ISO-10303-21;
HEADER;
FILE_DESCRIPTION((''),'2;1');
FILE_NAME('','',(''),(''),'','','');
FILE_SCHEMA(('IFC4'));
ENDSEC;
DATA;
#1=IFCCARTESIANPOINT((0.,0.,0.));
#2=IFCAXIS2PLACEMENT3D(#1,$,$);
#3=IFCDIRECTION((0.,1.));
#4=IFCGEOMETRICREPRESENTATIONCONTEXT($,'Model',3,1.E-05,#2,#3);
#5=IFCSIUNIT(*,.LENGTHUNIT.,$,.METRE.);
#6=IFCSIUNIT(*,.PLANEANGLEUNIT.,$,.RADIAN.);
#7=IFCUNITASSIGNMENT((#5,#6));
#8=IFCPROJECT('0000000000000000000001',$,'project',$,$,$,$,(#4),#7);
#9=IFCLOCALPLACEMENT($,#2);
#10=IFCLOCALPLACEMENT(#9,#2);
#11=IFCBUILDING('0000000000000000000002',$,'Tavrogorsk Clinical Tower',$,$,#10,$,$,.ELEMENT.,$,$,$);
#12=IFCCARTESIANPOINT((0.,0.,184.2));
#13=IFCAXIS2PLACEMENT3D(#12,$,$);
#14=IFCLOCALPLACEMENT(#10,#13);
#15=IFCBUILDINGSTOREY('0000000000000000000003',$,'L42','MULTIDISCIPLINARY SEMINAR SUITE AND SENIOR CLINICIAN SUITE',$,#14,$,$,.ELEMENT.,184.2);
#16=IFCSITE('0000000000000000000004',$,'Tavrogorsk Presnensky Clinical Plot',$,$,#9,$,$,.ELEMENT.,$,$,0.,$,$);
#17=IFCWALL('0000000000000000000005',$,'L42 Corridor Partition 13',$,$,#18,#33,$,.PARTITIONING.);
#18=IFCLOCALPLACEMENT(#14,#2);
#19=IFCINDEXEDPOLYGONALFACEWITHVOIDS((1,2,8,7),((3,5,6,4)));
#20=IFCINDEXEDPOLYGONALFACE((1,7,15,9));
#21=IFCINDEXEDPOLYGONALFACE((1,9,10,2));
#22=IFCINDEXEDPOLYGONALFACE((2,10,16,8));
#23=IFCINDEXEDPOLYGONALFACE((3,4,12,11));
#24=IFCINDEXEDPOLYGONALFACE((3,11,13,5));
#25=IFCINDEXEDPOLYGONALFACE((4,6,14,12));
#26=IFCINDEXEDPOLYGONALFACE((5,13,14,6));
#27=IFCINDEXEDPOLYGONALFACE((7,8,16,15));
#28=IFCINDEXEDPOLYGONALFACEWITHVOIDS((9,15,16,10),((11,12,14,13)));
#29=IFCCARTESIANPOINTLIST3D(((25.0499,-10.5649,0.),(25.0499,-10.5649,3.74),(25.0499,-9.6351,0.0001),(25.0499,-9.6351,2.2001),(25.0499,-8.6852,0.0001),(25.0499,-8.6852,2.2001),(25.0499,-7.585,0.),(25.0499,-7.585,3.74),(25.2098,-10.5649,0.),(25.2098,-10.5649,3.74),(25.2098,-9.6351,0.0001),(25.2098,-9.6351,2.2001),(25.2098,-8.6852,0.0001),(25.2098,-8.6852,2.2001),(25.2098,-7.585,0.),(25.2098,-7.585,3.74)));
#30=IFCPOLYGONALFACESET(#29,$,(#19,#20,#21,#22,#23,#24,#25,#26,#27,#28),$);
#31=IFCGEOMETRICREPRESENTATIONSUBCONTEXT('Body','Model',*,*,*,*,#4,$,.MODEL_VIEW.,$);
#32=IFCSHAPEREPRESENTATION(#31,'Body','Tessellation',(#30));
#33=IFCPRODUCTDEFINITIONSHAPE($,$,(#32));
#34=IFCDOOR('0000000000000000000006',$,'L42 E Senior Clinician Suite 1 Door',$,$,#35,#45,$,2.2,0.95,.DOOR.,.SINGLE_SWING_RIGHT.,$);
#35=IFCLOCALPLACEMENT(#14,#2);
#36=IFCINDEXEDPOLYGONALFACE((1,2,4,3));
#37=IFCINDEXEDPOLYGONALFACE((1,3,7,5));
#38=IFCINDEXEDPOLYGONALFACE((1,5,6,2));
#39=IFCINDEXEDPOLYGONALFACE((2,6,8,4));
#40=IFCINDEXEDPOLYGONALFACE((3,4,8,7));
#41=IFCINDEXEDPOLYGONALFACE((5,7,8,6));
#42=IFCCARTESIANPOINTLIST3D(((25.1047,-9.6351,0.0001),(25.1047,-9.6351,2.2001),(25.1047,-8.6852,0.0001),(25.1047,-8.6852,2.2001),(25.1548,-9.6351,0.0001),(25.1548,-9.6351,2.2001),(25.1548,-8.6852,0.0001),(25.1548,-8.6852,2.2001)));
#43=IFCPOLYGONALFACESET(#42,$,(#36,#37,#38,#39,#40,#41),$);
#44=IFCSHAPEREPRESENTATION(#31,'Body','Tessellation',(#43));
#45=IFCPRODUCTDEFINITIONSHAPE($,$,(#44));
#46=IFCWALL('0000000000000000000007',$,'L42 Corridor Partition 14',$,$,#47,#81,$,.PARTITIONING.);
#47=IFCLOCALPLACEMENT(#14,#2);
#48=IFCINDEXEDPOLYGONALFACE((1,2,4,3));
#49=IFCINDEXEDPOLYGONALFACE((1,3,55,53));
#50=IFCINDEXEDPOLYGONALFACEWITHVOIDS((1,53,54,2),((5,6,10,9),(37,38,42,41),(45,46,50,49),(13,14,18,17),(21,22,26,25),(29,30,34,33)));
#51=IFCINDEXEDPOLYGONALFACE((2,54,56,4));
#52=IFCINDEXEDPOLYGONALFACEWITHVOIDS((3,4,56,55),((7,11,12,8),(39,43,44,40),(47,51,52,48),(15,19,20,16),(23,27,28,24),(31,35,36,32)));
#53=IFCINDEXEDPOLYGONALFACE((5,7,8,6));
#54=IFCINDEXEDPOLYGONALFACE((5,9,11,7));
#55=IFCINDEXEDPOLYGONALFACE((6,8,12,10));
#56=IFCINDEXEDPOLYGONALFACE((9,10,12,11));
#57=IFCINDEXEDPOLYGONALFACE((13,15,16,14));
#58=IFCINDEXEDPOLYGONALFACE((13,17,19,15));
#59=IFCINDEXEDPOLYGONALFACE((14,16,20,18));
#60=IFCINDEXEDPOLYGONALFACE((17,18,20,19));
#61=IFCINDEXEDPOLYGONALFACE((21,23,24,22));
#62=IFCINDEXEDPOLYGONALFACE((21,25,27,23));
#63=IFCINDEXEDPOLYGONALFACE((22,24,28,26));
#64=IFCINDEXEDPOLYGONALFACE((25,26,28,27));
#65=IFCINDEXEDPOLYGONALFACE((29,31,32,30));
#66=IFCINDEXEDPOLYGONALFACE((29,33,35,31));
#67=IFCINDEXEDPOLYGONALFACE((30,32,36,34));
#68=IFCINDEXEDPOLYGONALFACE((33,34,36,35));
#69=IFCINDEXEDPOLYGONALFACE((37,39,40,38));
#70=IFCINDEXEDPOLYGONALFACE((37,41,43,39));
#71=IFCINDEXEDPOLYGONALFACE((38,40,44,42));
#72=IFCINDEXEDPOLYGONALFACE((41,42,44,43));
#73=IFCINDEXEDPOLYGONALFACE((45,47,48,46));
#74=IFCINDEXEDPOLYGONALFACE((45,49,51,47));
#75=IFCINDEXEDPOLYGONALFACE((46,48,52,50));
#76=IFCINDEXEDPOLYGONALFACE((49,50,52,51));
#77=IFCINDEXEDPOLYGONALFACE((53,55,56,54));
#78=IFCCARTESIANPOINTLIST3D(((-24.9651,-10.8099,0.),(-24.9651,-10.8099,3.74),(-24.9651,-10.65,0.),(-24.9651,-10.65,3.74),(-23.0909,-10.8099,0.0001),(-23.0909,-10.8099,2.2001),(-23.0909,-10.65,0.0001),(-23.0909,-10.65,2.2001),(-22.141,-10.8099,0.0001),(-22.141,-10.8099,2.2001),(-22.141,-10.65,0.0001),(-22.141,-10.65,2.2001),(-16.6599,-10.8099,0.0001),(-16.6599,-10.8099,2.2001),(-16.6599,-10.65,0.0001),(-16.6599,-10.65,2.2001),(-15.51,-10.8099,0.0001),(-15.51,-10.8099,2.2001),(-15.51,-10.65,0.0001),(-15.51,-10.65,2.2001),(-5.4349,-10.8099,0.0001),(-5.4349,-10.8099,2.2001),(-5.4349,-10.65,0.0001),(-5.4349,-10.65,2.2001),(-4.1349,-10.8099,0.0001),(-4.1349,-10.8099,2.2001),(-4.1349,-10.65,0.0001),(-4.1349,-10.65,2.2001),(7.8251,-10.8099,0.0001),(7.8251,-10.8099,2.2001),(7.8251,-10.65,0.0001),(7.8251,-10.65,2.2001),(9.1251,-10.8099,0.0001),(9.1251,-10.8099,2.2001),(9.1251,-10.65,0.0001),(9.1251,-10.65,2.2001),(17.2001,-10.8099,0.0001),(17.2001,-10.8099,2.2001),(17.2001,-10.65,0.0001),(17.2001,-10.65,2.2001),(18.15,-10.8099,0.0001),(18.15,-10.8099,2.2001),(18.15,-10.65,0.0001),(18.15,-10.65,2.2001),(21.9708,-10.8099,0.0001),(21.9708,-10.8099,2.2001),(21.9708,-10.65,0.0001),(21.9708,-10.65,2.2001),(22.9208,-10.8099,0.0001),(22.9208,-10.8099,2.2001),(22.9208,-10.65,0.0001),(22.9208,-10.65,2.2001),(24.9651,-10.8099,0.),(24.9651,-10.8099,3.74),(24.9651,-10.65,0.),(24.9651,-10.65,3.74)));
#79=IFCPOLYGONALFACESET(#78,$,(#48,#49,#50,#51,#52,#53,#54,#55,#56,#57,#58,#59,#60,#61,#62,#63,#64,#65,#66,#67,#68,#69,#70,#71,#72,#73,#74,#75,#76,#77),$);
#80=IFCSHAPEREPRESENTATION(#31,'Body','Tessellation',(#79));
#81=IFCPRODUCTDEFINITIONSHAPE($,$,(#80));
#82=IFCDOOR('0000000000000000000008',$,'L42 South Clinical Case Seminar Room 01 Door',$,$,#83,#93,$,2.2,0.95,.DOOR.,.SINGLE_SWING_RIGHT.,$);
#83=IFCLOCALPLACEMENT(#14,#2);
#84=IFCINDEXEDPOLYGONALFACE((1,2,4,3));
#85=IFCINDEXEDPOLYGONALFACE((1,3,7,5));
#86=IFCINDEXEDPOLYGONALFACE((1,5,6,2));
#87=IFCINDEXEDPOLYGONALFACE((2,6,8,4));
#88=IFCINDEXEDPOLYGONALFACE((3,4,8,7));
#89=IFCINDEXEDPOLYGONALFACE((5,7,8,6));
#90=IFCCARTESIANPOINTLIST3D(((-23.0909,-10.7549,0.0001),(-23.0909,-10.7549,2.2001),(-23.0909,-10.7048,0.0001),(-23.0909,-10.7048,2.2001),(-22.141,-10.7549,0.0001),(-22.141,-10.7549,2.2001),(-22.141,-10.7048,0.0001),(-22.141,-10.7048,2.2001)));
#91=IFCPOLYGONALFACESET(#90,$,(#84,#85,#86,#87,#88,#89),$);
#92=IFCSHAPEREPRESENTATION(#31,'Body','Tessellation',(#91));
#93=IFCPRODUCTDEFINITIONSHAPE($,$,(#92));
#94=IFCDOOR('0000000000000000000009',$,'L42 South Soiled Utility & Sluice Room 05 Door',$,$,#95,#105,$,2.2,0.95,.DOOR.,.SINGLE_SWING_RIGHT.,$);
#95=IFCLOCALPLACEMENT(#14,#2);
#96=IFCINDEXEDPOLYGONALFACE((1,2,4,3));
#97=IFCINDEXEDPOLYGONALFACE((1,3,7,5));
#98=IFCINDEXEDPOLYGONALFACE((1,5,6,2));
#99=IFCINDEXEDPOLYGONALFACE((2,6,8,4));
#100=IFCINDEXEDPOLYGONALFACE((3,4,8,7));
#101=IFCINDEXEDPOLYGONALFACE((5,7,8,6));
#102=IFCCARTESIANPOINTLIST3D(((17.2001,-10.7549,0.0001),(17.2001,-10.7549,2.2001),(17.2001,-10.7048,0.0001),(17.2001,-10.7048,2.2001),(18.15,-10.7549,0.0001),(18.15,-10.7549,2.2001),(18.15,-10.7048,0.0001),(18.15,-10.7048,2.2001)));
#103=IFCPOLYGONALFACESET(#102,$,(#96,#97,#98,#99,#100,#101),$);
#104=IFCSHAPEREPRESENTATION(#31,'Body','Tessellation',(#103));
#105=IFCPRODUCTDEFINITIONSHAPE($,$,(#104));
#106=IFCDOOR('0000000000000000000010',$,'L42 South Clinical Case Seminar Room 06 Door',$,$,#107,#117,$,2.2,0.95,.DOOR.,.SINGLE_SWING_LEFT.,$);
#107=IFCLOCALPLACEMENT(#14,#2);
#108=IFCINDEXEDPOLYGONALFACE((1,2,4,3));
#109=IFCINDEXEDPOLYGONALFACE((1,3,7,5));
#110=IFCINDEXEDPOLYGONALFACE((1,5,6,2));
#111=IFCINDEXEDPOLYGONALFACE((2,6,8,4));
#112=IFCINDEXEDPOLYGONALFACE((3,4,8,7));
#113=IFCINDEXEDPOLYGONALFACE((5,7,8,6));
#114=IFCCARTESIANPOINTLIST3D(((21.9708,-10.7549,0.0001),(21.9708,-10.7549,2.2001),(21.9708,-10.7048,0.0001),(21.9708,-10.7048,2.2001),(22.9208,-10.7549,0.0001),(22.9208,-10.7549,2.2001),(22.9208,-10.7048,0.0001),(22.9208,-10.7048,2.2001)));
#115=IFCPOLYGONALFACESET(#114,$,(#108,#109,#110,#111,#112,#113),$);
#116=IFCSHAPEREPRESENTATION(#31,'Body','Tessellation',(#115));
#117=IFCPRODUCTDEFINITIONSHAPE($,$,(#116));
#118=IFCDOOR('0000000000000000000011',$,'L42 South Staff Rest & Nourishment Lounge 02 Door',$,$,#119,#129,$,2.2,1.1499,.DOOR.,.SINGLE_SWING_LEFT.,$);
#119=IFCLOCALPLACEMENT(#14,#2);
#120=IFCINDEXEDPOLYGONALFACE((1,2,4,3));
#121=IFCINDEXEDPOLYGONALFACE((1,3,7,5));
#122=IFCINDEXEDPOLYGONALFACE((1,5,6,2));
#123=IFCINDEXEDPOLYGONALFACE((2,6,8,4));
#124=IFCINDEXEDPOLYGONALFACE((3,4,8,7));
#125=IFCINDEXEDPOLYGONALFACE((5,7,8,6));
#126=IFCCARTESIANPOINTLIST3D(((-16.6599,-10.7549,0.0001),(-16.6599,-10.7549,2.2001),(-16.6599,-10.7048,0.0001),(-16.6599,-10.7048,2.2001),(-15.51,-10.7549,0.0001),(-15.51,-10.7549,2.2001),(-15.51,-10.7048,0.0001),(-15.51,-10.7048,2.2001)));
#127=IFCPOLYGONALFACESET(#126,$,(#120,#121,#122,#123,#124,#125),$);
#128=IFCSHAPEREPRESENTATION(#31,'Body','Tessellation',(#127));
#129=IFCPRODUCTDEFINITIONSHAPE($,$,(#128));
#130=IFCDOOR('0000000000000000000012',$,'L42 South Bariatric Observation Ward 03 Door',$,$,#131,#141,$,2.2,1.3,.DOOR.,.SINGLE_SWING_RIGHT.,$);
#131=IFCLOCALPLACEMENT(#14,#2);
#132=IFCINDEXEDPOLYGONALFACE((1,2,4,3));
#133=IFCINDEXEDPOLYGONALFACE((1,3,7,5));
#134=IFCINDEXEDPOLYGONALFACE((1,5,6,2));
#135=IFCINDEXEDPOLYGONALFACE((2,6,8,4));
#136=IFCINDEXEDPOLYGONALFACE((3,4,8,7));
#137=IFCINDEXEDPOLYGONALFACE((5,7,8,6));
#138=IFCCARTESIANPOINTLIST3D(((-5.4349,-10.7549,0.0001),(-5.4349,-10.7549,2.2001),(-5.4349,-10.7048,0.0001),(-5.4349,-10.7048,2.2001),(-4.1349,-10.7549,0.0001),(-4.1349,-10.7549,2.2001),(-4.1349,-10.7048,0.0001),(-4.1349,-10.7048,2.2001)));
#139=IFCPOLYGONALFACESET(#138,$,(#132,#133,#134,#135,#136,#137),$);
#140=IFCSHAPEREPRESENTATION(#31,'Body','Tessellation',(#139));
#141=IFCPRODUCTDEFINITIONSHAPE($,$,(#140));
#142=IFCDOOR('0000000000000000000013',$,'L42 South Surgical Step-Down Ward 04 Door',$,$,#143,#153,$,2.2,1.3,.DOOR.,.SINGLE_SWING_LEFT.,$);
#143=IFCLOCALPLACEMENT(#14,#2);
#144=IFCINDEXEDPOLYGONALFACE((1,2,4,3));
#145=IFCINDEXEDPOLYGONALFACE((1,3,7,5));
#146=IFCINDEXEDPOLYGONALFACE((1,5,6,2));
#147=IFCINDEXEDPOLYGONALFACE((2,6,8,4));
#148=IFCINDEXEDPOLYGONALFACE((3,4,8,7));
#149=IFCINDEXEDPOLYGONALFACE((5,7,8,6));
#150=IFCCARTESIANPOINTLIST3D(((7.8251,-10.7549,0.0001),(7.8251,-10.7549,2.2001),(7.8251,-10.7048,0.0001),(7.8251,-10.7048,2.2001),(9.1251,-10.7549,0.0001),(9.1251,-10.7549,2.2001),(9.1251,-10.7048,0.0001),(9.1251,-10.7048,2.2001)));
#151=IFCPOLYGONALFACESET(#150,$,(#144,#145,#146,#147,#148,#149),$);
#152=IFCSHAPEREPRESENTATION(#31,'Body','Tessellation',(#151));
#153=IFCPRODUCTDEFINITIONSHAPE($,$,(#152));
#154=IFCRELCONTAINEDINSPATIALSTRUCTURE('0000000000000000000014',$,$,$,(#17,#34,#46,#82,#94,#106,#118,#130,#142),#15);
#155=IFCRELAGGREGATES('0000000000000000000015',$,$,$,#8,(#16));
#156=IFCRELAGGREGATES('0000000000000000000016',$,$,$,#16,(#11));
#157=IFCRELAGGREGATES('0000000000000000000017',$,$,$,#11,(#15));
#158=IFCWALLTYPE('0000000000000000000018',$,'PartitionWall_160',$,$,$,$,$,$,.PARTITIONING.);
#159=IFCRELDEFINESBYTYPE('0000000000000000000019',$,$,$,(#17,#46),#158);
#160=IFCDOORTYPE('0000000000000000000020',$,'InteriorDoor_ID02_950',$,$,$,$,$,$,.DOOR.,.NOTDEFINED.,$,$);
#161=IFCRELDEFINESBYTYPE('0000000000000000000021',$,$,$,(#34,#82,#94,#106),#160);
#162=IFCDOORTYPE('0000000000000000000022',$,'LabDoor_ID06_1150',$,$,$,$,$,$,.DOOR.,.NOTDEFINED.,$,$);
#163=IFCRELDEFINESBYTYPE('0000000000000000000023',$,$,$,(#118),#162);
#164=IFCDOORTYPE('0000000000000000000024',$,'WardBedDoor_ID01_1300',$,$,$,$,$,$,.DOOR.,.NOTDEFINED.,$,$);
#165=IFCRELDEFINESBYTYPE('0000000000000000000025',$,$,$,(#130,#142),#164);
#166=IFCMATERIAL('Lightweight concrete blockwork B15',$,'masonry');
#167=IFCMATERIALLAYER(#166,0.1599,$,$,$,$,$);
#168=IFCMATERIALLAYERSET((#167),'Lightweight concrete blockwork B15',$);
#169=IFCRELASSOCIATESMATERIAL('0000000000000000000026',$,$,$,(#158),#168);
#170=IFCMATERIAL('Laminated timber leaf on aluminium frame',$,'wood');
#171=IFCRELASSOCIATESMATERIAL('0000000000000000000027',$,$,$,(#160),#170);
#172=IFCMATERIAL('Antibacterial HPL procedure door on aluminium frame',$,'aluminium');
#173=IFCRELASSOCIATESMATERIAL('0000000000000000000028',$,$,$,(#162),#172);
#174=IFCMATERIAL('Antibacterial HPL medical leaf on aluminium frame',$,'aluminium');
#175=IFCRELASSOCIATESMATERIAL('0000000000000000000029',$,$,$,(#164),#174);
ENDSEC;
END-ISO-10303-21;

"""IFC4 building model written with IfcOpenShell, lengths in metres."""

from ifc_helpers import new_model, si_unit, direction, frame, frame_2d, origin, place, context, subcontext, project, spatial, rectangle, extrude, material, layer, layer_set, type_object, element, fill, save


model = new_model("IFC4")

# Units and contexts
model_context = context("Model", 3, precision=1e-05, world=origin(), true_north=direction((0.0, 1.0)))
body_context = subcontext(model_context, "Body", "Model", "MODEL_VIEW")
ifc_project = project(units=[si_unit("LENGTHUNIT", "METRE"), si_unit("PLANEANGLEUNIT", "RADIAN")], contexts=[model_context])

# Site, building, storey
site_placement = place(None, origin())
site = spatial("IfcSite", under=ifc_project, at=site_placement, Name="Tavrogorsk Presnensky Clinical Plot", CompositionType="ELEMENT", RefElevation=0.0)
building_placement = place(site_placement, origin())
building = spatial("IfcBuilding", under=site, at=building_placement, Name="Tavrogorsk Clinical Tower", CompositionType="ELEMENT")
storey_placement = place(building_placement, frame((0.0, 0.0, 184.2)))
storey = spatial("IfcBuildingStorey", under=building, at=storey_placement, Name="L42", Description="MULTIDISCIPLINARY SEMINAR SUITE AND SENIOR CLINICIAN SUITE", CompositionType="ELEMENT", Elevation=184.2)

# Wall, opening, door
ifc_material_1 = material(Name="Lightweight concrete blockwork B15", Category="masonry")
ifc_layer = layer(ifc_material_1, 0.1599)
ifc_layer_set = layer_set([ifc_layer], Name="Lightweight concrete blockwork B15")
wall_type = type_object("IfcWallType", Name="PartitionWall_160", PredefinedType="PARTITIONING", material=ifc_layer_set)
wall_1_placement = place(storey_placement, frame((25.1299, -7.585, 0.0), z_axis=(0.0, 0.0, 1.0), x_axis=(0.0, -1.0, 0.0)))
wall_1 = element("IfcWall", 1, at=wall_1_placement, inside=storey, type_object=wall_type, Name="L42 Corridor Partition 13", PredefinedType="PARTITIONING", context=body_context, shape_type="SweptSolid", body=[
    extrude(rectangle(XDim=2.98, YDim=0.1599, at=frame_2d((1.49, 0.0))), origin(), (0.0, 0.0, 1.0), 3.74),
])
opening_1_placement = place(wall_1_placement, frame((1.1001, 0.0, 0.0)))
opening_1 = element("IfcOpeningElement", 2, at=opening_1_placement, cuts=wall_1, PredefinedType="OPENING", context=body_context, shape_type="SweptSolid", body=[
    extrude(rectangle(XDim=0.95, YDim=2.2, at=frame_2d((0.4751, 1.1001))), frame((0.0, 0.0898, 0.0), z_axis=(0.0, -1.0, 0.0), x_axis=(1.0, 0.0, 0.0)), (0.0, 0.0, 1.0), 0.1799),
])
ifc_material_2 = material(Name="Laminated timber leaf on aluminium frame", Category="wood")
door_type_1 = type_object("IfcDoorType", Name="InteriorDoor_ID02_950", OperationType="NOTDEFINED", PredefinedType="DOOR", material=ifc_material_2)
door_1_placement = place(opening_1_placement, origin())
door_1 = element("IfcDoor", 3, at=door_1_placement, inside=storey, type_object=door_type_1, Name="L42 E Senior Clinician Suite 1 Door", OperationType="SINGLE_SWING_RIGHT", OverallHeight=2.2, OverallWidth=0.95, PredefinedType="DOOR", context=body_context, shape_type="SweptSolid", body=[
    extrude(rectangle(XDim=0.95, YDim=2.2, at=frame_2d((0.4751, 1.1001))), frame((0.0, 0.0249, 0.0), z_axis=(0.0, -1.0, 0.0), x_axis=(1.0, 0.0, 0.0)), (0.0, 0.0, 1.0), 0.05),
])
fill(opening_1, door_1)

# Wall, openings, doors
wall_2_placement = place(storey_placement, frame((24.9651, -10.73, 0.0), z_axis=(0.0, 0.0, 1.0), x_axis=(-1.0, 0.0, 0.0)))
wall_2 = element("IfcWall", 4, at=wall_2_placement, inside=storey, type_object=wall_type, Name="L42 Corridor Partition 14", PredefinedType="PARTITIONING", context=body_context, shape_type="SweptSolid", body=[
    extrude(rectangle(XDim=49.9302, YDim=0.1599, at=frame_2d((24.9651, 0.0))), origin(), (0.0, 0.0, 1.0), 3.74),
])
opening_2_placement = place(wall_2_placement, frame((47.106, 0.0, 0.0)))
opening_2 = element("IfcOpeningElement", 5, at=opening_2_placement, cuts=wall_2, PredefinedType="OPENING", context=body_context, shape_type="SweptSolid", body=[
    extrude(rectangle(XDim=0.95, YDim=2.2, at=frame_2d((0.4751, 1.1001))), frame((0.0, 0.0898, 0.0), z_axis=(0.0, -1.0, 0.0), x_axis=(1.0, 0.0, 0.0)), (0.0, 0.0, 1.0), 0.1799),
])
opening_3_placement = place(wall_2_placement, frame((40.4751, 0.0, 0.0)))
opening_3 = element("IfcOpeningElement", 6, at=opening_3_placement, cuts=wall_2, PredefinedType="OPENING", context=body_context, shape_type="SweptSolid", body=[
    extrude(rectangle(XDim=1.1499, YDim=2.2, at=frame_2d((0.575, 1.1001))), frame((0.0, 0.0898, 0.0), z_axis=(0.0, -1.0, 0.0), x_axis=(1.0, 0.0, 0.0)), (0.0, 0.0, 1.0), 0.1799),
])
opening_4_placement = place(wall_2_placement, frame((29.1001, 0.0, 0.0)))
opening_4 = element("IfcOpeningElement", 7, at=opening_4_placement, cuts=wall_2, PredefinedType="OPENING", context=body_context, shape_type="SweptSolid", body=[
    extrude(rectangle(XDim=1.3, YDim=2.2, at=frame_2d((0.6499, 1.1001))), frame((0.0, 0.0898, 0.0), z_axis=(0.0, -1.0, 0.0), x_axis=(1.0, 0.0, 0.0)), (0.0, 0.0, 1.0), 0.1799),
])
opening_5_placement = place(wall_2_placement, frame((15.8401, 0.0, 0.0)))
opening_5 = element("IfcOpeningElement", 8, at=opening_5_placement, cuts=wall_2, PredefinedType="OPENING", context=body_context, shape_type="SweptSolid", body=[
    extrude(rectangle(XDim=1.3, YDim=2.2, at=frame_2d((0.6499, 1.1001))), frame((0.0, 0.0898, 0.0), z_axis=(0.0, -1.0, 0.0), x_axis=(1.0, 0.0, 0.0)), (0.0, 0.0, 1.0), 0.1799),
])
opening_6_placement = place(wall_2_placement, frame((6.8149, 0.0, 0.0)))
opening_6 = element("IfcOpeningElement", 9, at=opening_6_placement, cuts=wall_2, PredefinedType="OPENING", context=body_context, shape_type="SweptSolid", body=[
    extrude(rectangle(XDim=0.95, YDim=2.2, at=frame_2d((0.4751, 1.1001))), frame((0.0, 0.0898, 0.0), z_axis=(0.0, -1.0, 0.0), x_axis=(1.0, 0.0, 0.0)), (0.0, 0.0, 1.0), 0.1799),
])
opening_7_placement = place(wall_2_placement, frame((2.0442, 0.0, 0.0)))
opening_7 = element("IfcOpeningElement", 10, at=opening_7_placement, cuts=wall_2, PredefinedType="OPENING", context=body_context, shape_type="SweptSolid", body=[
    extrude(rectangle(XDim=0.95, YDim=2.2, at=frame_2d((0.4751, 1.1001))), frame((0.0, 0.0898, 0.0), z_axis=(0.0, -1.0, 0.0), x_axis=(1.0, 0.0, 0.0)), (0.0, 0.0, 1.0), 0.1799),
])
door_2_placement = place(opening_2_placement, origin())
door_2 = element("IfcDoor", 11, at=door_2_placement, inside=storey, type_object=door_type_1, Name="L42 South Clinical Case Seminar Room 01 Door", OperationType="SINGLE_SWING_RIGHT", OverallHeight=2.2, OverallWidth=0.95, PredefinedType="DOOR", context=body_context, shape_type="SweptSolid", body=[
    extrude(rectangle(XDim=0.95, YDim=2.2, at=frame_2d((0.4751, 1.1001))), frame((0.0, 0.0249, 0.0), z_axis=(0.0, -1.0, 0.0), x_axis=(1.0, 0.0, 0.0)), (0.0, 0.0, 1.0), 0.05),
])
fill(opening_2, door_2)
door_3_placement = place(opening_6_placement, origin())
door_3 = element("IfcDoor", 12, at=door_3_placement, inside=storey, type_object=door_type_1, Name="L42 South Soiled Utility & Sluice Room 05 Door", OperationType="SINGLE_SWING_RIGHT", OverallHeight=2.2, OverallWidth=0.95, PredefinedType="DOOR", context=body_context, shape_type="SweptSolid", body=[
    extrude(rectangle(XDim=0.95, YDim=2.2, at=frame_2d((0.4751, 1.1001))), frame((0.0, 0.0249, 0.0), z_axis=(0.0, -1.0, 0.0), x_axis=(1.0, 0.0, 0.0)), (0.0, 0.0, 1.0), 0.05),
])
fill(opening_6, door_3)
door_4_placement = place(opening_7_placement, origin())
door_4 = element("IfcDoor", 13, at=door_4_placement, inside=storey, type_object=door_type_1, Name="L42 South Clinical Case Seminar Room 06 Door", OperationType="SINGLE_SWING_LEFT", OverallHeight=2.2, OverallWidth=0.95, PredefinedType="DOOR", context=body_context, shape_type="SweptSolid", body=[
    extrude(rectangle(XDim=0.95, YDim=2.2, at=frame_2d((0.4751, 1.1001))), frame((0.0, 0.0249, 0.0), z_axis=(0.0, -1.0, 0.0), x_axis=(1.0, 0.0, 0.0)), (0.0, 0.0, 1.0), 0.05),
])
fill(opening_7, door_4)
ifc_material_3 = material(Name="Antibacterial HPL procedure door on aluminium frame", Category="aluminium")
door_type_2 = type_object("IfcDoorType", Name="LabDoor_ID06_1150", OperationType="NOTDEFINED", PredefinedType="DOOR", material=ifc_material_3)
door_5_placement = place(opening_3_placement, origin())
door_5 = element("IfcDoor", 14, at=door_5_placement, inside=storey, type_object=door_type_2, Name="L42 South Staff Rest & Nourishment Lounge 02 Door", OperationType="SINGLE_SWING_LEFT", OverallHeight=2.2, OverallWidth=1.1499, PredefinedType="DOOR", context=body_context, shape_type="SweptSolid", body=[
    extrude(rectangle(XDim=1.1499, YDim=2.2, at=frame_2d((0.575, 1.1001))), frame((0.0, 0.0249, 0.0), z_axis=(0.0, -1.0, 0.0), x_axis=(1.0, 0.0, 0.0)), (0.0, 0.0, 1.0), 0.05),
])
fill(opening_3, door_5)
ifc_material_4 = material(Name="Antibacterial HPL medical leaf on aluminium frame", Category="aluminium")
door_type_3 = type_object("IfcDoorType", Name="WardBedDoor_ID01_1300", OperationType="NOTDEFINED", PredefinedType="DOOR", material=ifc_material_4)
door_6_placement = place(opening_4_placement, origin())
door_6 = element("IfcDoor", 15, at=door_6_placement, inside=storey, type_object=door_type_3, Name="L42 South Bariatric Observation Ward 03 Door", OperationType="SINGLE_SWING_RIGHT", OverallHeight=2.2, OverallWidth=1.3, PredefinedType="DOOR", context=body_context, shape_type="SweptSolid", body=[
    extrude(rectangle(XDim=1.3, YDim=2.2, at=frame_2d((0.6499, 1.1001))), frame((0.0, 0.0249, 0.0), z_axis=(0.0, -1.0, 0.0), x_axis=(1.0, 0.0, 0.0)), (0.0, 0.0, 1.0), 0.05),
])
fill(opening_4, door_6)
door_7_placement = place(opening_5_placement, origin())
door_7 = element("IfcDoor", 16, at=door_7_placement, inside=storey, type_object=door_type_3, Name="L42 South Surgical Step-Down Ward 04 Door", OperationType="SINGLE_SWING_LEFT", OverallHeight=2.2, OverallWidth=1.3, PredefinedType="DOOR", context=body_context, shape_type="SweptSolid", body=[
    extrude(rectangle(XDim=1.3, YDim=2.2, at=frame_2d((0.6499, 1.1001))), frame((0.0, 0.0249, 0.0), z_axis=(0.0, -1.0, 0.0), x_axis=(1.0, 0.0, 0.0)), (0.0, 0.0, 1.0), 0.05),
])
fill(opening_5, door_7)

save(model, "model.ifc")
